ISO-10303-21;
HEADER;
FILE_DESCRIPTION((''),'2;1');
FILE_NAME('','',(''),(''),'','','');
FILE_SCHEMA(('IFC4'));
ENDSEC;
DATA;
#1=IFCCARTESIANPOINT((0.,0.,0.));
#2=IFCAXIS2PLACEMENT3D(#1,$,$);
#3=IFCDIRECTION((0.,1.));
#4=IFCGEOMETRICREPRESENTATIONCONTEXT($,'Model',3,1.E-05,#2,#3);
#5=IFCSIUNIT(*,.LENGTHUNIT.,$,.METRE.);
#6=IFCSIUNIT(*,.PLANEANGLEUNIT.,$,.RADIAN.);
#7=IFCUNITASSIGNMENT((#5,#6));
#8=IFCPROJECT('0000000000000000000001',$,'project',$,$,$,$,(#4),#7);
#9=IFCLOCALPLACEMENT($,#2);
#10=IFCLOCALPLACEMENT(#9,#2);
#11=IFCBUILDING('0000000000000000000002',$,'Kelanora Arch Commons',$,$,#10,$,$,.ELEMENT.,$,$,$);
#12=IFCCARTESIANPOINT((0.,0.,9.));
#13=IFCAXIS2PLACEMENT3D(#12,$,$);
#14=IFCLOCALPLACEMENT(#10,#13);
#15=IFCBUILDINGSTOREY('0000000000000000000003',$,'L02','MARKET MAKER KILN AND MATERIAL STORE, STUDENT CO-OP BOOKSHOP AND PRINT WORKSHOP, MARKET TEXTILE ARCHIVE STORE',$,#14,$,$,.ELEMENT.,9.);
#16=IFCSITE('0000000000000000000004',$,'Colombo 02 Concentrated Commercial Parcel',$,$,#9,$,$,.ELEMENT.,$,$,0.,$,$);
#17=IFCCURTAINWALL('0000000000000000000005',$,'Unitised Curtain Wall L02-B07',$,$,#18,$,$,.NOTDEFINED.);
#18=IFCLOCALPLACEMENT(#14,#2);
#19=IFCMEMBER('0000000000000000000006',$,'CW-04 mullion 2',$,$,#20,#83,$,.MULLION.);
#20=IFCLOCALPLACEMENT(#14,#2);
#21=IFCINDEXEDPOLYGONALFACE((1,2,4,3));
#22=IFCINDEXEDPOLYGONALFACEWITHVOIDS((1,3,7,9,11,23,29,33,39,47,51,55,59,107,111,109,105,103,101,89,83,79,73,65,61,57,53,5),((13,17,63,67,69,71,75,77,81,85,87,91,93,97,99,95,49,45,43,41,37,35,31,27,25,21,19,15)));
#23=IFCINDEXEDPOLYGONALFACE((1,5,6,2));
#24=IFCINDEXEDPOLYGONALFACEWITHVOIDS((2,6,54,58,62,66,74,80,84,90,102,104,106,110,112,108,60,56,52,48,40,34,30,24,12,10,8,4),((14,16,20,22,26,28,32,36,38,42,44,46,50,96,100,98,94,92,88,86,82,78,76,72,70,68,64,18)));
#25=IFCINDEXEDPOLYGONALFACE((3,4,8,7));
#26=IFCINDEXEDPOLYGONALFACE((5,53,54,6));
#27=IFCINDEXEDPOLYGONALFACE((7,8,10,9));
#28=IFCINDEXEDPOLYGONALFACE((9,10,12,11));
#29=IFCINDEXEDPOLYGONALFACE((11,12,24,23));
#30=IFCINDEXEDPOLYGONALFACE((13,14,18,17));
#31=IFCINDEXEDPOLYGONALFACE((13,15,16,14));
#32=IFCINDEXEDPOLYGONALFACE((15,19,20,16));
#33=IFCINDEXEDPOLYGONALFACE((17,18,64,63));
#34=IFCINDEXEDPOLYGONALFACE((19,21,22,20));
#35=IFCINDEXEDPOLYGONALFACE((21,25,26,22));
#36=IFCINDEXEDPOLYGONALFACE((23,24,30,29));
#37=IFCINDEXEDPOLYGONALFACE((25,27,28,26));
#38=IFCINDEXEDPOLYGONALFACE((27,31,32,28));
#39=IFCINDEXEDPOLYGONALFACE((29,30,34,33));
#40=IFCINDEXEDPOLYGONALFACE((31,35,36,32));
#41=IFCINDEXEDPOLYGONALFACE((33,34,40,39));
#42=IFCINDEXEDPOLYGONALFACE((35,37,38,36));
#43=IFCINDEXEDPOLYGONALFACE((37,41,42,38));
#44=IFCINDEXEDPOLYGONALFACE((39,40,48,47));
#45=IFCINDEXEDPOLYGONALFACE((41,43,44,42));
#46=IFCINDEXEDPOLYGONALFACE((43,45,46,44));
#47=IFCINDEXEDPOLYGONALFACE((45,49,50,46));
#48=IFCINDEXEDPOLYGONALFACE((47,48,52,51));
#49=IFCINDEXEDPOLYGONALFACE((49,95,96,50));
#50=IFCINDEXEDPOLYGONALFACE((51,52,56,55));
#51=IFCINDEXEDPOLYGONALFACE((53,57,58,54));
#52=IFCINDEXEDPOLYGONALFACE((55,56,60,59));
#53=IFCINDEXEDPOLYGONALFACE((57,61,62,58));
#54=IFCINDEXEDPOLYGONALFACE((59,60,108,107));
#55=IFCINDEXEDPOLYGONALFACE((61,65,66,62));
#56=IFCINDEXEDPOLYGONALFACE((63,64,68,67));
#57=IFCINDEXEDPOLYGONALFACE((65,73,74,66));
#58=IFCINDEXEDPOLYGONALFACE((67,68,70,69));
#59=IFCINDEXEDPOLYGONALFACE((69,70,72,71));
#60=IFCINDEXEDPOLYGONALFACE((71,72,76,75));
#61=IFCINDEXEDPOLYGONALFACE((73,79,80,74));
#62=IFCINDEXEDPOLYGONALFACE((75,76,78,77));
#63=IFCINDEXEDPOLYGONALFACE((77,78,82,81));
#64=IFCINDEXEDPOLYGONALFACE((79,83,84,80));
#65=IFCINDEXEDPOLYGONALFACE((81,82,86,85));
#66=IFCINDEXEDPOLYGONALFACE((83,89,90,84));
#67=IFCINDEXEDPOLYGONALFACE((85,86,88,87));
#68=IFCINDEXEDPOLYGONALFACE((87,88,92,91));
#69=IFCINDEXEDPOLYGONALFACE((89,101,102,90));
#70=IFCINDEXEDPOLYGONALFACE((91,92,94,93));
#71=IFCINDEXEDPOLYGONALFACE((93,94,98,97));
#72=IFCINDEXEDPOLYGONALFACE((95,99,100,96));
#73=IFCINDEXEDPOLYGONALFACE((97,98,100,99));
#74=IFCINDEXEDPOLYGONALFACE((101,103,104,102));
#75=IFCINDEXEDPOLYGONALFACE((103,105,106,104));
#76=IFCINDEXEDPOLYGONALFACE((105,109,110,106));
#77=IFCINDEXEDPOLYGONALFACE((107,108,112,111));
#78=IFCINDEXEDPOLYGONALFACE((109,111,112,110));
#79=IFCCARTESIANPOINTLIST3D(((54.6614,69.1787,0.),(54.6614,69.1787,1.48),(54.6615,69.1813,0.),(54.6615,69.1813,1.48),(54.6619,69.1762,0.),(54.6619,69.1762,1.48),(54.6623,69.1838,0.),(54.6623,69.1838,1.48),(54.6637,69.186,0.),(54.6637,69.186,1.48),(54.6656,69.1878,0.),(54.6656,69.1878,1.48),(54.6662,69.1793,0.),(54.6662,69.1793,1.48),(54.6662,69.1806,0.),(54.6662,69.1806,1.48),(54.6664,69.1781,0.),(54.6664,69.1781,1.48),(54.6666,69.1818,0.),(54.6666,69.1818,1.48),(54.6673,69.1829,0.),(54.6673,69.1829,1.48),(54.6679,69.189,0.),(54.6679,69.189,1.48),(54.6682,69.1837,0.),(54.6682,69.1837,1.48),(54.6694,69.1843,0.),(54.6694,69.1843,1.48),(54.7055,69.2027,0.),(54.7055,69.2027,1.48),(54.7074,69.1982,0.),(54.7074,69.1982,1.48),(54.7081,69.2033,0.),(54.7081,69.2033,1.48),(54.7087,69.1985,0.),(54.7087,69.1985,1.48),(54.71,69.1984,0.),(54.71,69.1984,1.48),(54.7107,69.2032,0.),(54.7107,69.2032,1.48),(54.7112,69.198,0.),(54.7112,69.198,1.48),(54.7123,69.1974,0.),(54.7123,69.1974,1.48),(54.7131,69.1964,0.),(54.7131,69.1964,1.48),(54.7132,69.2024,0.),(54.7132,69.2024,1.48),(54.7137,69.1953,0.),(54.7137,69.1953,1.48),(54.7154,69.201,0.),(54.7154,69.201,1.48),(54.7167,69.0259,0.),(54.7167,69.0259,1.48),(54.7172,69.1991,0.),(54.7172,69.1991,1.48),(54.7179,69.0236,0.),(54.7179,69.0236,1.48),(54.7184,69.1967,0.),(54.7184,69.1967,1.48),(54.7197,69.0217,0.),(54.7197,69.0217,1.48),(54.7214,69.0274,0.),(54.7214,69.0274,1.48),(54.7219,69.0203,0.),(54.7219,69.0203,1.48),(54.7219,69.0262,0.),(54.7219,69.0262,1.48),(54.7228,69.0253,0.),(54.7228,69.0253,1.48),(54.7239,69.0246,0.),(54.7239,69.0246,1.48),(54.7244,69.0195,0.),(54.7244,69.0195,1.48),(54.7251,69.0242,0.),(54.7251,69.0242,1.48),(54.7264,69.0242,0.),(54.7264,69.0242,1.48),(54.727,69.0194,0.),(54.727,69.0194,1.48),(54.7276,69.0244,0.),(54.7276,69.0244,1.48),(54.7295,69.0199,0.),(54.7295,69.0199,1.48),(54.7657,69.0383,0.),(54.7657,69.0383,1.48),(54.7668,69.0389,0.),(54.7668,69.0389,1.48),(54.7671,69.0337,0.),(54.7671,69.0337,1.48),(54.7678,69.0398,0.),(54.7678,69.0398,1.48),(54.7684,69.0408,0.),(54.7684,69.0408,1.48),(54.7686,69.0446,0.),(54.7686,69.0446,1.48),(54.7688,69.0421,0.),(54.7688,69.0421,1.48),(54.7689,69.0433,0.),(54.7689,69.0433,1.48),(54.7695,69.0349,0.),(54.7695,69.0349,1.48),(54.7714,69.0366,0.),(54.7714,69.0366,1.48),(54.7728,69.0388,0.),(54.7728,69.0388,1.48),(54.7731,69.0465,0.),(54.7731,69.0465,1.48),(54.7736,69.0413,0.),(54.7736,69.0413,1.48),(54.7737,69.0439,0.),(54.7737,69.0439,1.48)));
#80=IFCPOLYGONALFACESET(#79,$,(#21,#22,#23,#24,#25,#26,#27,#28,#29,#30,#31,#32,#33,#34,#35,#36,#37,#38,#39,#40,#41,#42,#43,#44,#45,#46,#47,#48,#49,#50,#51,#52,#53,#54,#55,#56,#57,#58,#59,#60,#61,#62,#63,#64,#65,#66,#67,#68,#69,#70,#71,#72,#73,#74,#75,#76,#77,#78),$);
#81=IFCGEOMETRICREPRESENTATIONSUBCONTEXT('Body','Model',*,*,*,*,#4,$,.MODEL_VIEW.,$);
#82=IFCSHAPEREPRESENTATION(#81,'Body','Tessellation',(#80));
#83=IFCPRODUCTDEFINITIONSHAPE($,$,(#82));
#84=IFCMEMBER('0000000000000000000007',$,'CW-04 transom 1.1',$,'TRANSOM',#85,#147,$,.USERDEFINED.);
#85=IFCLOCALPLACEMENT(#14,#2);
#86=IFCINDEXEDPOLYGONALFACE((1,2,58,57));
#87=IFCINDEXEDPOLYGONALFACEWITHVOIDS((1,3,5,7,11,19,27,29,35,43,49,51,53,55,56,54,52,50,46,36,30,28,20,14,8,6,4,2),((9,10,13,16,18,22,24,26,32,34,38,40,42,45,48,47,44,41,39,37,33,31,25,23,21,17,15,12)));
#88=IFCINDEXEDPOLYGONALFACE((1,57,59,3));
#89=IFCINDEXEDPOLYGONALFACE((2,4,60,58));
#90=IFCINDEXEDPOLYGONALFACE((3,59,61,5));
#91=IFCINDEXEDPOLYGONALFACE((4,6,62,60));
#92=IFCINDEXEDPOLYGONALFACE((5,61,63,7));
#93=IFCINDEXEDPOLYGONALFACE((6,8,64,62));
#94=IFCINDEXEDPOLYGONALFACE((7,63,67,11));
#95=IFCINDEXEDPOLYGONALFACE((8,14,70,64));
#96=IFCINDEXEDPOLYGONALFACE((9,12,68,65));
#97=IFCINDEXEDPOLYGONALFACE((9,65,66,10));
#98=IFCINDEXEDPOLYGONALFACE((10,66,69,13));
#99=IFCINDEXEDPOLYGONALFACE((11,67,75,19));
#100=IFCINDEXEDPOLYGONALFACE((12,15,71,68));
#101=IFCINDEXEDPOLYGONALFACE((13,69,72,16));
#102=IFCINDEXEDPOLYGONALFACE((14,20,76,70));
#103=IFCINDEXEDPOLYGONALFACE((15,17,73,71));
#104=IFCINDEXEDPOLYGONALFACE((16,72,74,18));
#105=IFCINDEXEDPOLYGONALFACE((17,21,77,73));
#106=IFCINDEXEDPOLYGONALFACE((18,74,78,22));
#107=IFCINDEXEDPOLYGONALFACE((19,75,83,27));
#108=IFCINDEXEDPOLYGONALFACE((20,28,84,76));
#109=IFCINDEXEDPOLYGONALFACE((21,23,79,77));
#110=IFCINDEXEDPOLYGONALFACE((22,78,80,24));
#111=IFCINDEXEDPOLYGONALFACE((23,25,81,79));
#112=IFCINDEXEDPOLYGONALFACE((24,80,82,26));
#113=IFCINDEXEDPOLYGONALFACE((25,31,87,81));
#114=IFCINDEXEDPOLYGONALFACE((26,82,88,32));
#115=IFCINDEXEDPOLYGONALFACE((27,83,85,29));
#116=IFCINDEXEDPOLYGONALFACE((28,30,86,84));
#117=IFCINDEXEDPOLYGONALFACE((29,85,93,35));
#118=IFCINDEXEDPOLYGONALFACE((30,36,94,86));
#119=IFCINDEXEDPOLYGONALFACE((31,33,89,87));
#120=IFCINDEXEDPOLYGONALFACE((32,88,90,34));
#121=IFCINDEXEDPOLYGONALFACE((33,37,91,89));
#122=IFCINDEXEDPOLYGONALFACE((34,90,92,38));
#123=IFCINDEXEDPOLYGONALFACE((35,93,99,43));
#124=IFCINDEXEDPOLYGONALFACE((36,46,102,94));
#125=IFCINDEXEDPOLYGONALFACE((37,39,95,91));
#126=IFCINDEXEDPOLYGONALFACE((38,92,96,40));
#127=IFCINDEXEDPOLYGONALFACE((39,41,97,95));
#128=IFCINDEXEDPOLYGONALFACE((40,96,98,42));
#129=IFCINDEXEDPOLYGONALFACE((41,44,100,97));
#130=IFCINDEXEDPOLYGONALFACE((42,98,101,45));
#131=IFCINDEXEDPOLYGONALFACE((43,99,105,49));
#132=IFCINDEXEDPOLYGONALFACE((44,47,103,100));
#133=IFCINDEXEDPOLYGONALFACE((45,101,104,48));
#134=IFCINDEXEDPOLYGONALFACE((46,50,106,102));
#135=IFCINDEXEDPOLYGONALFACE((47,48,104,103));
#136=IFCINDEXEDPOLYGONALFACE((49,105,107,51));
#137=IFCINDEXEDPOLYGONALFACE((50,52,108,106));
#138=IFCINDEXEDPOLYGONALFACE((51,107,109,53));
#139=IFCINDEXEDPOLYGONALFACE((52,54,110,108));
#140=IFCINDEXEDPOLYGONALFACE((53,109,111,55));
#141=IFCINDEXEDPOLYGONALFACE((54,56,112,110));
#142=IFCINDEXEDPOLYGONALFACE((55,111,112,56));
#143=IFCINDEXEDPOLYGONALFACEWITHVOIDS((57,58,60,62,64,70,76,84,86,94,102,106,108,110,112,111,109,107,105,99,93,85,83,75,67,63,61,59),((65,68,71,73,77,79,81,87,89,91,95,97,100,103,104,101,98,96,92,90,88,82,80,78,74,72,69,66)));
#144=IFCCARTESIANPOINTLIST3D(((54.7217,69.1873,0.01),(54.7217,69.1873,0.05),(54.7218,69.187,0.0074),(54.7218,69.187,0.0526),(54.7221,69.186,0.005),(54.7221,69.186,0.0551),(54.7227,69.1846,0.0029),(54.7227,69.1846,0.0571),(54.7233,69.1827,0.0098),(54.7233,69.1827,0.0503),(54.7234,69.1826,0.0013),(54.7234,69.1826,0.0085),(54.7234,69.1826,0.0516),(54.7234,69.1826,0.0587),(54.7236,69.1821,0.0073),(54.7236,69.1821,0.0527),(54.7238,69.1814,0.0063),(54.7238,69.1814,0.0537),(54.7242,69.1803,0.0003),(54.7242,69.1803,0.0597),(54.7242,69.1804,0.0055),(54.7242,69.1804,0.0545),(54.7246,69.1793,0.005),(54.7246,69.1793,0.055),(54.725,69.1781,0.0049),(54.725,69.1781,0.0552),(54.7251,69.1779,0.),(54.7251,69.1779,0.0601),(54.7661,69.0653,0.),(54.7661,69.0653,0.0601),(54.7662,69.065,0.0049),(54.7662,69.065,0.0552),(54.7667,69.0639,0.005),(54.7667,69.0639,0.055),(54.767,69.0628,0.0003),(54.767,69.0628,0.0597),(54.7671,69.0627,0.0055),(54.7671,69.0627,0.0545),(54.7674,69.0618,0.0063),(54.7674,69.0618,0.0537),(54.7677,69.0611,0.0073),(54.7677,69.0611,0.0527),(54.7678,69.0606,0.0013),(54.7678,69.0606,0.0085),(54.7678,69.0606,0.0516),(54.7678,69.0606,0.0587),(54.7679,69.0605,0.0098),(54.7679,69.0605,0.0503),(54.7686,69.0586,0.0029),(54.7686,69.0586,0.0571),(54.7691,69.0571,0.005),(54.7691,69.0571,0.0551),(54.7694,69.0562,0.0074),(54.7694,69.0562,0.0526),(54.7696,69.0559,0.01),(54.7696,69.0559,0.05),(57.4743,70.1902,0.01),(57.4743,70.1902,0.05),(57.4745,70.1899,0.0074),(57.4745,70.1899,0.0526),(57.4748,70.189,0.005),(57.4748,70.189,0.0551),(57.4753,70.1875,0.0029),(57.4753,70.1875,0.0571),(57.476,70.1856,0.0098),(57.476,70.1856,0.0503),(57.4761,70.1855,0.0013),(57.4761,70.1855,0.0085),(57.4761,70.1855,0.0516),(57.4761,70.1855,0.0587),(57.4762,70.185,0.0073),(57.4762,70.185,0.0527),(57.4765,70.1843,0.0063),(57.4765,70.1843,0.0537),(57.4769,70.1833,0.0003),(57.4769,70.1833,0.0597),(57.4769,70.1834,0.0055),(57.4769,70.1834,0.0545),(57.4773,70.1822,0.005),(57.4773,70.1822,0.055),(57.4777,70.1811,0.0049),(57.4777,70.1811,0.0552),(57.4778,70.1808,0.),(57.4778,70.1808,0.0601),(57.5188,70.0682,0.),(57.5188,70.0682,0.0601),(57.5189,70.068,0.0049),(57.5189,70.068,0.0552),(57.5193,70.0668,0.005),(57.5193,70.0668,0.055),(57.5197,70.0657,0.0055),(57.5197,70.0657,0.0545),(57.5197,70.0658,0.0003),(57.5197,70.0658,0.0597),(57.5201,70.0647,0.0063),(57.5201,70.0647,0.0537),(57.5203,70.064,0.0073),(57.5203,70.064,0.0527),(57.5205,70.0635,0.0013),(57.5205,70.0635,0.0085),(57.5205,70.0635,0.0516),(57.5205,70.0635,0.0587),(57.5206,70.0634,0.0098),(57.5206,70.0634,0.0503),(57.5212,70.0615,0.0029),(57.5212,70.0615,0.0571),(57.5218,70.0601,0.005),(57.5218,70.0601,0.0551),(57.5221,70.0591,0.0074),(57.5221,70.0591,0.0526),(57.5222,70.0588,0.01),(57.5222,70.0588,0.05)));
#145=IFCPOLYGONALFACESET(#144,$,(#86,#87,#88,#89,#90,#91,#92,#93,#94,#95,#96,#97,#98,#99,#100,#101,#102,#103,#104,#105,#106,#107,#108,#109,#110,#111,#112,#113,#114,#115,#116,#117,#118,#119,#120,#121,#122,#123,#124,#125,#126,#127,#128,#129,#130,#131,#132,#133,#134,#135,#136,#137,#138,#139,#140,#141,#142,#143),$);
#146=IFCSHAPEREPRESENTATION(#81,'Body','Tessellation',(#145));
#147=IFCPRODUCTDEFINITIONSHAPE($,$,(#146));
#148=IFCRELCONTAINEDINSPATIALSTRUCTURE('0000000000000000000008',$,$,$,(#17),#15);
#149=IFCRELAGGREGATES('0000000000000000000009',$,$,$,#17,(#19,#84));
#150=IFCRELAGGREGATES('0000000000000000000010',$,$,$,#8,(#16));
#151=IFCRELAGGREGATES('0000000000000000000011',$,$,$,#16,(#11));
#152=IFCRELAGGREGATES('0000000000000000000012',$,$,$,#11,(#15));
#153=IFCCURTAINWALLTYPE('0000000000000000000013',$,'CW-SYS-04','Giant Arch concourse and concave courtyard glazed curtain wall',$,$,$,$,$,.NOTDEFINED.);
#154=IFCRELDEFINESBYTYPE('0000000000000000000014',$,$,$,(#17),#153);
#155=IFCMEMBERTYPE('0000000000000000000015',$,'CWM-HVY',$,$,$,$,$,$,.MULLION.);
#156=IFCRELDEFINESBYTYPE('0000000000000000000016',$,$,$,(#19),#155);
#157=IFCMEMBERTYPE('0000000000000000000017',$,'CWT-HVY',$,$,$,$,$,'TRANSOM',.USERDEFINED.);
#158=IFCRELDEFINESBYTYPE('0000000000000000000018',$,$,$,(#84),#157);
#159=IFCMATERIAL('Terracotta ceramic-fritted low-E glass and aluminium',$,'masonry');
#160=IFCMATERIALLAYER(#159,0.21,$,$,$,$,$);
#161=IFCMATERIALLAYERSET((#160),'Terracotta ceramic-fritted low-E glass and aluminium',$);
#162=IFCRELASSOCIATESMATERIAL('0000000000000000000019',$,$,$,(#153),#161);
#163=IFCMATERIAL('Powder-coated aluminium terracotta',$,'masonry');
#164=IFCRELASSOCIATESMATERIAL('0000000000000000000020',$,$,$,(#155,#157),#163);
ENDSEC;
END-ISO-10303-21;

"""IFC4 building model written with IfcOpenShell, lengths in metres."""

from ifc_helpers import new_model, si_unit, direction, frame, origin, origin_2d, place, context, subcontext, project, spatial, hollow_rectangle, extrude, material, layer, layer_set, material_profile, profile_set, type_object, element, aggregate, save


model = new_model("IFC4")

# Units and contexts
model_context = context("Model", 3, precision=1e-05, world=origin(), true_north=direction((0.0, 1.0)))
body_context = subcontext(model_context, "Body", "Model", "MODEL_VIEW")
ifc_project = project(units=[si_unit("LENGTHUNIT", "METRE"), si_unit("PLANEANGLEUNIT", "RADIAN")], contexts=[model_context])

# Site, building, storey
site_placement = place(None, origin())
site = spatial("IfcSite", under=ifc_project, at=site_placement, Name="Colombo 02 Concentrated Commercial Parcel", CompositionType="ELEMENT", RefElevation=0.0)
building_placement = place(site_placement, origin())
building = spatial("IfcBuilding", under=site, at=building_placement, Name="Kelanora Arch Commons", CompositionType="ELEMENT")
storey_placement = place(building_placement, frame((0.0, 0.0, 9.0)))
storey = spatial("IfcBuildingStorey", under=building, at=storey_placement, Name="L02", Description="MARKET MAKER KILN AND MATERIAL STORE, STUDENT CO-OP BOOKSHOP AND PRINT WORKSHOP, MARKET TEXTILE ARCHIVE STORE", CompositionType="ELEMENT", Elevation=9.0)

# Shared definitions
ifc_material_1 = material(Name="Terracotta ceramic-fritted low-E glass and aluminium", Category="masonry")
ifc_layer_1 = layer(ifc_material_1, 0.21)
ifc_layer_set_1 = layer_set([ifc_layer_1], Name="Terracotta ceramic-fritted low-E glass and aluminium")
curtain_wall_type = type_object("IfcCurtainWallType", Name="CW-SYS-04", Description="Giant Arch concourse and concave courtyard glazed curtain wall", PredefinedType="NOTDEFINED", material=ifc_layer_set_1)
ifc_material_2 = material(Name="Powder-coated aluminium terracotta", Category="masonry")
ifc_material_profile_1 = material_profile(ifc_material_2, hollow_rectangle(XDim=0.1799, YDim=0.0601, WallThickness=0.0049, InnerFilletRadius=0.0049, OuterFilletRadius=0.01, at=origin_2d()), Name="CWM180x60")
ifc_profile_set_1 = profile_set([ifc_material_profile_1], Name="Powder-coated aluminium terracotta")
member_type_1 = type_object("IfcMemberType", Name="CWM-HVY", PredefinedType="MULLION", material=ifc_profile_set_1)

# Curtain wall, members
curtain_wall_1_placement = place(storey_placement, origin())
curtain_wall_1 = element("IfcCurtainWall", 1, at=curtain_wall_1_placement, inside=storey, type_object=curtain_wall_type, Name="Unitised Curtain Wall L02-B07", PredefinedType="NOTDEFINED")
member_1_placement = place(storey_placement, frame((54.7175, 69.1113, 0.0), z_axis=(0.0, 0.0, 1.0), x_axis=(0.342318, -0.939584, 0.0)))
member_1 = element("IfcMember", 2, at=member_1_placement, type_object=member_type_1, Name="CW-04 mullion 2", PredefinedType="MULLION", context=body_context, shape_type="SweptSolid", body=[
    extrude(hollow_rectangle(XDim=0.1799, YDim=0.0601, WallThickness=0.0049, InnerFilletRadius=0.0049, OuterFilletRadius=0.01, at=origin_2d()), origin(), (0.0, 0.0, 1.0), 1.48),
])
ifc_material_profile_2 = material_profile(ifc_material_2, hollow_rectangle(XDim=0.1399, YDim=0.0601, WallThickness=0.0049, InnerFilletRadius=0.0049, OuterFilletRadius=0.01, at=origin_2d()), Name="CWT140x60")
ifc_profile_set_2 = profile_set([ifc_material_profile_2], Name="Powder-coated aluminium terracotta")
member_type_2 = type_object("IfcMemberType", Name="CWT-HVY", ElementType="TRANSOM", PredefinedType="USERDEFINED", material=ifc_profile_set_2)
member_2_placement = place(storey_placement, frame((57.4983, 70.1245, 0.03), z_axis=(-0.939579, -0.342332, 0.0), x_axis=(0.342332, -0.939579, 0.0)))
member_2 = element("IfcMember", 3, at=member_2_placement, type_object=member_type_2, Name="CW-04 transom 1.1", ObjectType="TRANSOM", PredefinedType="USERDEFINED", context=body_context, shape_type="SweptSolid", body=[
    extrude(hollow_rectangle(XDim=0.1399, YDim=0.0601, WallThickness=0.0049, InnerFilletRadius=0.0049, OuterFilletRadius=0.01, at=origin_2d()), origin(), (0.0, 0.0, 1.0), 2.9297),
])

aggregate(curtain_wall_1, [member_1, member_2])

save(model, "model.ifc")
